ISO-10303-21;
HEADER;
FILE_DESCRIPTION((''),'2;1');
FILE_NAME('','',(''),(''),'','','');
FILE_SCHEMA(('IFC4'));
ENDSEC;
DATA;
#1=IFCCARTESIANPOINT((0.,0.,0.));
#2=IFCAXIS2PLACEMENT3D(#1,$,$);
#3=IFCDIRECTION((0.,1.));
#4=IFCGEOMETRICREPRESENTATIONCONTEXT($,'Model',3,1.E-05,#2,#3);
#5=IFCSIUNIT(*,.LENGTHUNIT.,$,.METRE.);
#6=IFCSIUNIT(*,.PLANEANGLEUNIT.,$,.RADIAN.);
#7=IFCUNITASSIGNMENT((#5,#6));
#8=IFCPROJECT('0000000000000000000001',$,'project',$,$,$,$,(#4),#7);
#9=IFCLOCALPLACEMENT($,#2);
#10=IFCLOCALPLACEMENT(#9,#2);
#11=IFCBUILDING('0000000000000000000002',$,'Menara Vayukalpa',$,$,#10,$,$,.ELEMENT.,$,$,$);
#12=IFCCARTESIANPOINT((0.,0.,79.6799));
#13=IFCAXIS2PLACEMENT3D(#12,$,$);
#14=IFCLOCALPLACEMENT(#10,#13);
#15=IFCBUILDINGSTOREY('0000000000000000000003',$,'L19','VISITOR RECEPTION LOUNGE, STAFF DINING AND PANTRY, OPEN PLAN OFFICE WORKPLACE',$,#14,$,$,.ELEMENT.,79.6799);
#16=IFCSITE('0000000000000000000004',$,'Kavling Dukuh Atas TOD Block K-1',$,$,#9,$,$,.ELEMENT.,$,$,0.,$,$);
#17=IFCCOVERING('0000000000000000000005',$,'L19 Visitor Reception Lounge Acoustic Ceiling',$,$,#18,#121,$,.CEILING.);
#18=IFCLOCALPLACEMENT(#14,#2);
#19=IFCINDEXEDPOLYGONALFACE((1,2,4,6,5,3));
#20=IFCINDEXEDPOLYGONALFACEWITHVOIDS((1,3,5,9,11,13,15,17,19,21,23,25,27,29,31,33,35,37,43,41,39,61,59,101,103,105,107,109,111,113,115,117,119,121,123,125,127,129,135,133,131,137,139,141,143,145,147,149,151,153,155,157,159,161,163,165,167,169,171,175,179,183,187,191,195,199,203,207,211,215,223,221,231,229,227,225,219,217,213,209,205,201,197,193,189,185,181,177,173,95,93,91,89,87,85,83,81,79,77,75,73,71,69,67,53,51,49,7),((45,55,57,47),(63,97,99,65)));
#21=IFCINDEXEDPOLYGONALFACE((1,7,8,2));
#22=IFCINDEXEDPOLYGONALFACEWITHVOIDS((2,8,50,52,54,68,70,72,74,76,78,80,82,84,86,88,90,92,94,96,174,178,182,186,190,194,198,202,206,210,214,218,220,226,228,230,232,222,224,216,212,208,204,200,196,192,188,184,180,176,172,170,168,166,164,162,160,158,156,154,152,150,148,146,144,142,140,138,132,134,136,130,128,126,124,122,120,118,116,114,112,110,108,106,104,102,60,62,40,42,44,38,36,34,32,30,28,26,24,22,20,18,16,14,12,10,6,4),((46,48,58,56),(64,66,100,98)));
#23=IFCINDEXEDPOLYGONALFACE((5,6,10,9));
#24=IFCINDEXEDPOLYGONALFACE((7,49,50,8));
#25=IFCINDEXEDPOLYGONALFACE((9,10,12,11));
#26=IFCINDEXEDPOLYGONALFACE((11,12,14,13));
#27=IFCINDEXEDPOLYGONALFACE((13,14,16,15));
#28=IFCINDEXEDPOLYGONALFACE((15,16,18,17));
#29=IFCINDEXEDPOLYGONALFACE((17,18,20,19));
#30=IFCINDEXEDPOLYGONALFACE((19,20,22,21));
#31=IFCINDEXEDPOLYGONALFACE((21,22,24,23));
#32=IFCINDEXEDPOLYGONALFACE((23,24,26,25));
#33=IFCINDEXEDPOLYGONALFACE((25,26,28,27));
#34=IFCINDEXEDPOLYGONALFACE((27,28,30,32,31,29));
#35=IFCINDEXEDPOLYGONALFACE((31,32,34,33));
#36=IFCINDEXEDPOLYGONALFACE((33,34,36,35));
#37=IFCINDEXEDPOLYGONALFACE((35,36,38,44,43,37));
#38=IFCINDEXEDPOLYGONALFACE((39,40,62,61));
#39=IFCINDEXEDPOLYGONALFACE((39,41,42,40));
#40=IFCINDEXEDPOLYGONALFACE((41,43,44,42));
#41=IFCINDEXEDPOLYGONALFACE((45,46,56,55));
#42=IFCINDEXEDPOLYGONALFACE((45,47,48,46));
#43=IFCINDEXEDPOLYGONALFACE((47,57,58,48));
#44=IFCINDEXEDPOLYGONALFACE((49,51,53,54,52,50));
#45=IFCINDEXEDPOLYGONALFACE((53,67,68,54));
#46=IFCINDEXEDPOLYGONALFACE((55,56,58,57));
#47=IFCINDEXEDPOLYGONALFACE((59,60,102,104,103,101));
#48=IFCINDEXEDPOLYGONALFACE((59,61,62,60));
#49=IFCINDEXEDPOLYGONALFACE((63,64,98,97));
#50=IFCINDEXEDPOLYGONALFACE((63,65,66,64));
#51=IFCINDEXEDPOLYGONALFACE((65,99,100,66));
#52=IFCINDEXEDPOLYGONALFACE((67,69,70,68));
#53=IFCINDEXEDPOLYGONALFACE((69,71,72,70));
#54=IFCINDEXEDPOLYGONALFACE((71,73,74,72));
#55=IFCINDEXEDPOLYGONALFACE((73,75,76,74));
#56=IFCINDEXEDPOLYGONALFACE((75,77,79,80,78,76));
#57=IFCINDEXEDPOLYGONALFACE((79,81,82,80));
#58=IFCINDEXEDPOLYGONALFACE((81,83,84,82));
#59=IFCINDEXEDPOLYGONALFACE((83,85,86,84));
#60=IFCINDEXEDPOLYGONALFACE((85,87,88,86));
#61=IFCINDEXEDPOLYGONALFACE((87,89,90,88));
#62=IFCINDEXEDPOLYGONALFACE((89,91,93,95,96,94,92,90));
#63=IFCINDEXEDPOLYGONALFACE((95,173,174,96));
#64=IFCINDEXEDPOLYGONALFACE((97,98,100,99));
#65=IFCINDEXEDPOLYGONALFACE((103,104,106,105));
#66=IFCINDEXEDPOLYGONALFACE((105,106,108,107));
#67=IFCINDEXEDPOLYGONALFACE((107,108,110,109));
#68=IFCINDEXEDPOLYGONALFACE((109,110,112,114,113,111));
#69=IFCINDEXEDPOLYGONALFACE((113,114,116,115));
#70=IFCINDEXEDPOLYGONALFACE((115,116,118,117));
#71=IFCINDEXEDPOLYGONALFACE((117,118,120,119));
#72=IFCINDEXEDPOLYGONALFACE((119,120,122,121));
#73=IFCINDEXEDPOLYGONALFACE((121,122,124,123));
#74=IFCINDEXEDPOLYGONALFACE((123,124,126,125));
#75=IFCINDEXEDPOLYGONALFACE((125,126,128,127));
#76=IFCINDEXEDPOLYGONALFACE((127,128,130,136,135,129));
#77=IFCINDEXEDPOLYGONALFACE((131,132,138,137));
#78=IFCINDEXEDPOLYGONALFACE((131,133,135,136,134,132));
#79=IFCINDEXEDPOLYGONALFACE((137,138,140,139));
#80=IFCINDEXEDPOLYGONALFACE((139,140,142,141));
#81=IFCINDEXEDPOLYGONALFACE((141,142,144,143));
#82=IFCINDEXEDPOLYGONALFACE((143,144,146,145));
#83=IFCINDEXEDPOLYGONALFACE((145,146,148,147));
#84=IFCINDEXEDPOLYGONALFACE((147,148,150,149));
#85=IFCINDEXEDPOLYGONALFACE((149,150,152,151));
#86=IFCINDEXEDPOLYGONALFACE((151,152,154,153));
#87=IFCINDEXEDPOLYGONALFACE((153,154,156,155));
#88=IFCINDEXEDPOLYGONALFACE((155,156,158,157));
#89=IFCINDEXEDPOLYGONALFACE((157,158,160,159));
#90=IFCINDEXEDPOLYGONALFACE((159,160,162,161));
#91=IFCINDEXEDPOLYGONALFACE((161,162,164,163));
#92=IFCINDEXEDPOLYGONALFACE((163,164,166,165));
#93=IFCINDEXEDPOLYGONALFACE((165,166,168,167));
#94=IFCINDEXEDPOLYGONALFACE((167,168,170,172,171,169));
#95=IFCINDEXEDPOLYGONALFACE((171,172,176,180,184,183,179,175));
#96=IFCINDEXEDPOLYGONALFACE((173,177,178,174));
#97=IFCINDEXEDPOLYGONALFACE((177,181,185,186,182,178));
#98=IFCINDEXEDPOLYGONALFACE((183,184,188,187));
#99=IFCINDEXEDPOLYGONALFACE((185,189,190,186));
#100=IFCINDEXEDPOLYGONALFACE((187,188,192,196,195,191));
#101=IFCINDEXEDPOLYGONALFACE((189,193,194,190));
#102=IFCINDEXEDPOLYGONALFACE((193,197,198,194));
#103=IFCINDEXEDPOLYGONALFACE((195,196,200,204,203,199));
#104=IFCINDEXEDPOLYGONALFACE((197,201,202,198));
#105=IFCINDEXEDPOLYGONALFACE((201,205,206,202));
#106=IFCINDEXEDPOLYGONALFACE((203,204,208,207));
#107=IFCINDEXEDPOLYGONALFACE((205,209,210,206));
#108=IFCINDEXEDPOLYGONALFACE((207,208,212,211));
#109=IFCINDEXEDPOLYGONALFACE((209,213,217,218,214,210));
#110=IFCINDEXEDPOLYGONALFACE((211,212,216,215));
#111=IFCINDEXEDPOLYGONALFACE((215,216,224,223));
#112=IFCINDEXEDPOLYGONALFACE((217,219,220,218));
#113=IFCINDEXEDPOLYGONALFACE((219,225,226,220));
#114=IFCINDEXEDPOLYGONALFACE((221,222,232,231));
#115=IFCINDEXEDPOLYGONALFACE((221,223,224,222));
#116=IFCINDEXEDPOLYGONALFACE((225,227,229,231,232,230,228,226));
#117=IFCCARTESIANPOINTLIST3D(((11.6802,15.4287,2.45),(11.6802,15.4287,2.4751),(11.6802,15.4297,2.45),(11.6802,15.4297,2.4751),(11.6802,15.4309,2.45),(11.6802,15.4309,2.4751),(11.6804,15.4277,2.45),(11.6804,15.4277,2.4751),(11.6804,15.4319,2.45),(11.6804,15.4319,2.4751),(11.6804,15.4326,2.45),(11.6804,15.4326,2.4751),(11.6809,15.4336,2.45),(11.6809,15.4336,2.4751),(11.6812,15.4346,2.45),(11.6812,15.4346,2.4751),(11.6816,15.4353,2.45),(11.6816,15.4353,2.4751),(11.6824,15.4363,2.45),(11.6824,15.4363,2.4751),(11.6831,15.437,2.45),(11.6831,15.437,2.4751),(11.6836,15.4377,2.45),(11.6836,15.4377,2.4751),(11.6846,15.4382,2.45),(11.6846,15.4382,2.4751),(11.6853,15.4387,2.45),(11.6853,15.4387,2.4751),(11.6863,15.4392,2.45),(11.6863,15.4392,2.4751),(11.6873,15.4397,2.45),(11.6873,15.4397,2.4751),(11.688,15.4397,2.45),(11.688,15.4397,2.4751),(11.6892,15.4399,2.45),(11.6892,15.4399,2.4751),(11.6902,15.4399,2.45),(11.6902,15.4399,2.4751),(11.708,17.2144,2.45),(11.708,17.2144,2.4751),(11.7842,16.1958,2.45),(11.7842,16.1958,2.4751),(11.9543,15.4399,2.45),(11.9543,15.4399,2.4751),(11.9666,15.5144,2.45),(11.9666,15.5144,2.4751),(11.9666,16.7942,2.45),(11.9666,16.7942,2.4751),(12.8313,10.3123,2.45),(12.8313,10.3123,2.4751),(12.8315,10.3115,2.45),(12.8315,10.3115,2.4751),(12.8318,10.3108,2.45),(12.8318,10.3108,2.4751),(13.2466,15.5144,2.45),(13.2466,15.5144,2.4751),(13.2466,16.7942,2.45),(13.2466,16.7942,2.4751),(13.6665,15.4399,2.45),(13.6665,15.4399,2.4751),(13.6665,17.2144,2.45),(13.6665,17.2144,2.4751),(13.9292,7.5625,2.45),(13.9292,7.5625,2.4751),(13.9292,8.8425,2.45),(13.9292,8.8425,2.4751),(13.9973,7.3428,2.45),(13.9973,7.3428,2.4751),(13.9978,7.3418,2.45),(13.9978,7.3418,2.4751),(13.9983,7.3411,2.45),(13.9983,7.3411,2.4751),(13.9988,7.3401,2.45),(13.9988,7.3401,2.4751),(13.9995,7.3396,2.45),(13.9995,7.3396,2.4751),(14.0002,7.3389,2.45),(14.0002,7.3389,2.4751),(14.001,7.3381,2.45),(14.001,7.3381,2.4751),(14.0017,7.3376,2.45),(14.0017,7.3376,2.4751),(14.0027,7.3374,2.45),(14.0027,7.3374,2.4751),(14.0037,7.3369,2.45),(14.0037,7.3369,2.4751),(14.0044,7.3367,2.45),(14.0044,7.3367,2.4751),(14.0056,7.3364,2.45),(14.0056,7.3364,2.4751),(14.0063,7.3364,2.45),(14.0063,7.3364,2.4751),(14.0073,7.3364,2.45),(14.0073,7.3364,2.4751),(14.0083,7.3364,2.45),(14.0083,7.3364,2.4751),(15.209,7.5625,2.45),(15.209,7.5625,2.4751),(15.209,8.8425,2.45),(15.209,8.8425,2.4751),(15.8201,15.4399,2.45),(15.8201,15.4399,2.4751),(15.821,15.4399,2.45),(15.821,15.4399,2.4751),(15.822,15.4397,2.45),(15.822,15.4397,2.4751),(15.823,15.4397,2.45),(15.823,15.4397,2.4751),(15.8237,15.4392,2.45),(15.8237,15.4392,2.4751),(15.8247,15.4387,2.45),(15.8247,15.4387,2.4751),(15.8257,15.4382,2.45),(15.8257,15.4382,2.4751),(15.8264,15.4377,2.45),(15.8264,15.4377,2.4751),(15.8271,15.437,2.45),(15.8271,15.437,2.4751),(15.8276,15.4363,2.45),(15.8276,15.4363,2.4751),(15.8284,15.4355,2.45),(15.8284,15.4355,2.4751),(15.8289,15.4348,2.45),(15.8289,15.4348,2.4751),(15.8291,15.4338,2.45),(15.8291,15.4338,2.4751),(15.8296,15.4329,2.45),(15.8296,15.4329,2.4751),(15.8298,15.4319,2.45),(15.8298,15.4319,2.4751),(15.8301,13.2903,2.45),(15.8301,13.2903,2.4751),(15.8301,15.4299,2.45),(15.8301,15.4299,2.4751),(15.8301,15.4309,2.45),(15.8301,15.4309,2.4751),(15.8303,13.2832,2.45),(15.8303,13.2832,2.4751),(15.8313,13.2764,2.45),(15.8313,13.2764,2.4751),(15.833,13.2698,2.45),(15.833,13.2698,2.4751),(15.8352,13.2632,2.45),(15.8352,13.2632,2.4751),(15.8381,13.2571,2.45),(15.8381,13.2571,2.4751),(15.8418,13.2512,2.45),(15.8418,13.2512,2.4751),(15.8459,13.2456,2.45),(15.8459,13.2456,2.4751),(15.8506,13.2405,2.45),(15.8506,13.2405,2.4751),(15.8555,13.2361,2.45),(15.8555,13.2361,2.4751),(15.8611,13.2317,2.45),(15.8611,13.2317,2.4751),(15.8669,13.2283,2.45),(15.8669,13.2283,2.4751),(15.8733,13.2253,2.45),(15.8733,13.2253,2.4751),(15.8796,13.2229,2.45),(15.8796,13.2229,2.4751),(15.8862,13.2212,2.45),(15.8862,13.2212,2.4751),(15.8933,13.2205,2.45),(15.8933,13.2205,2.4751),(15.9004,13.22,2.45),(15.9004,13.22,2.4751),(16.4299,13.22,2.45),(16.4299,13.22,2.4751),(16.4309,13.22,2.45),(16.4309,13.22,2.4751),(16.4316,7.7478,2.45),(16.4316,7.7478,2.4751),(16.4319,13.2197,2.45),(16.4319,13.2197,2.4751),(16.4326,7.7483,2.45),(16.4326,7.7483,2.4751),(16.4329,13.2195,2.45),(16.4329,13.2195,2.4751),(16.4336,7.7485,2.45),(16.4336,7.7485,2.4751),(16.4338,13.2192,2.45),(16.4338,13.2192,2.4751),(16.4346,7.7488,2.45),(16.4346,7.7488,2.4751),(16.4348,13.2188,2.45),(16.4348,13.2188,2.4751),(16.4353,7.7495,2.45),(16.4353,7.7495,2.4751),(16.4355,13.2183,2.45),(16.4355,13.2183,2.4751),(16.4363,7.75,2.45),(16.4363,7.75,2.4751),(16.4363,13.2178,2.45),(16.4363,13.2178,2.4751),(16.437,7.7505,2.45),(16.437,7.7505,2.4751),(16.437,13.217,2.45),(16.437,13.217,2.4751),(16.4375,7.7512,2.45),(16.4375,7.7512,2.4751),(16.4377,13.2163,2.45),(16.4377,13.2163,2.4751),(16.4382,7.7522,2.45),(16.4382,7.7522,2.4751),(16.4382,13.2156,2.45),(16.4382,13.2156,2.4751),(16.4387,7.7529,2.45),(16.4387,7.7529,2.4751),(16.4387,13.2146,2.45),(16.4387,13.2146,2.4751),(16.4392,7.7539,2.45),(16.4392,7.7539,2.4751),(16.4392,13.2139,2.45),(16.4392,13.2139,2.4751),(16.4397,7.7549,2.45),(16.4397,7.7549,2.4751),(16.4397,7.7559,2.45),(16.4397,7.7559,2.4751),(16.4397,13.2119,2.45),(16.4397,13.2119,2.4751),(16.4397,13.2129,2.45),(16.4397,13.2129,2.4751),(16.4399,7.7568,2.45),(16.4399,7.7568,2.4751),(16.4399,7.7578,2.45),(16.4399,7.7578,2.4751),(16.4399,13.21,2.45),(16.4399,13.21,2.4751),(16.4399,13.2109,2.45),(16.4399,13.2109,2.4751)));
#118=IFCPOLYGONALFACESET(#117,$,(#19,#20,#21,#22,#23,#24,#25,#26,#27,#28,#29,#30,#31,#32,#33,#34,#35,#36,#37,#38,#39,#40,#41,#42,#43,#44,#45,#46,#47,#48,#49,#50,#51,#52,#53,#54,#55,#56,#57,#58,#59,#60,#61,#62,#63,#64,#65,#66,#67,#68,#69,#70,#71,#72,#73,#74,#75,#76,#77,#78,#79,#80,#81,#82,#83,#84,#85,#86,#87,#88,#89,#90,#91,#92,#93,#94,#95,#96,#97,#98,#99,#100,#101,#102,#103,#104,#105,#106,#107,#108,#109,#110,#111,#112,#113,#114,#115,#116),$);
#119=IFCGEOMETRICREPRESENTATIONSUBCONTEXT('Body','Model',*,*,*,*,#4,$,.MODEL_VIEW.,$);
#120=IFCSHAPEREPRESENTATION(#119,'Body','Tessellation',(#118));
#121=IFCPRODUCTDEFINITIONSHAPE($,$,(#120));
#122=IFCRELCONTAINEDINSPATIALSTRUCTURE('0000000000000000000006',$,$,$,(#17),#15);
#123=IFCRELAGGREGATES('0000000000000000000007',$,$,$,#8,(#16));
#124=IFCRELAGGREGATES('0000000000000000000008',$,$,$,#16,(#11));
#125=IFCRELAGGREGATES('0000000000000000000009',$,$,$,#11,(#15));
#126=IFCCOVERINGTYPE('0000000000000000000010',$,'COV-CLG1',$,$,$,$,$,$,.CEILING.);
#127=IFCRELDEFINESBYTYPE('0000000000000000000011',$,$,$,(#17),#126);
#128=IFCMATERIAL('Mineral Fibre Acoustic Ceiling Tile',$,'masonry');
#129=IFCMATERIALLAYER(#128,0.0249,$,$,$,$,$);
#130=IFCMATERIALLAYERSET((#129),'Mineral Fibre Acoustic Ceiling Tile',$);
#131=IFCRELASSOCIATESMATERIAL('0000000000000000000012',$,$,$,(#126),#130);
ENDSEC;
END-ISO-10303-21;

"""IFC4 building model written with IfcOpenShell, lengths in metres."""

from ifc_helpers import new_model, si_unit, direction, frame, origin, place, context, subcontext, project, spatial, polyline, outline, extrude, material, layer, layer_set, type_object, element, save


model = new_model("IFC4")

# Units and contexts
model_context = context("Model", 3, precision=1e-05, world=origin(), true_north=direction((0.0, 1.0)))
body_context = subcontext(model_context, "Body", "Model", "MODEL_VIEW")
ifc_project = project(units=[si_unit("LENGTHUNIT", "METRE"), si_unit("PLANEANGLEUNIT", "RADIAN")], contexts=[model_context])

# Site, building, storey
site_placement = place(None, origin())
site = spatial("IfcSite", under=ifc_project, at=site_placement, Name="Kavling Dukuh Atas TOD Block K-1", CompositionType="ELEMENT", RefElevation=0.0)
building_placement = place(site_placement, origin())
building = spatial("IfcBuilding", under=site, at=building_placement, Name="Menara Vayukalpa", CompositionType="ELEMENT")
storey_placement = place(building_placement, frame((0.0, 0.0, 79.6799)))
storey = spatial("IfcBuildingStorey", under=building, at=storey_placement, Name="L19", Description="VISITOR RECEPTION LOUNGE, STAFF DINING AND PANTRY, OPEN PLAN OFFICE WORKPLACE", CompositionType="ELEMENT", Elevation=79.6799)

# Covering
ifc_material_1 = material(Name="Mineral Fibre Acoustic Ceiling Tile", Category="masonry")
ifc_layer_1 = layer(ifc_material_1, 0.0249)
ifc_layer_set_1 = layer_set([ifc_layer_1], Name="Mineral Fibre Acoustic Ceiling Tile")
covering_type_1 = type_object("IfcCoveringType", Name="COV-CLG1", PredefinedType="CEILING", material=ifc_layer_set_1)
covering_1_placement = place(storey_placement, frame((0.0, 0.0, 2.45)))
element("IfcCovering", 1, at=covering_1_placement, inside=storey, type_object=covering_type_1, Name="L19 Visitor Reception Lounge Acoustic Ceiling", PredefinedType="CEILING", context=body_context, shape_type="SweptSolid", body=[
    extrude(outline(polyline([(14.0056, 7.3364), (14.0044, 7.3367), (14.0037, 7.3369), (14.0027, 7.3374), (14.0017, 7.3376), (14.001, 7.3381), (14.0002, 7.3389), (13.9995, 7.3396), (13.9988, 7.3401), (13.9983, 7.3411), (13.9978, 7.3418), (13.9973, 7.3428), (12.8318, 10.3108), (12.8315, 10.3115), (12.8313, 10.3123), (11.6804, 15.4277), (11.6802, 15.4287), (11.6802, 15.4297), (11.6802, 15.4309), (11.6804, 15.4319), (11.6804, 15.4326), (11.6809, 15.4336), (11.6812, 15.4346), (11.6816, 15.4353), (11.6824, 15.4363), (11.6831, 15.437), (11.6836, 15.4377), (11.6846, 15.4382), (11.6853, 15.4387), (11.6863, 15.4392), (11.6873, 15.4397), (11.688, 15.4397), (11.6892, 15.4399), (11.6902, 15.4399), (11.9543, 15.4399), (11.7842, 16.1958), (11.708, 17.2144), (13.6665, 17.2144), (13.6665, 15.4399), (15.8201, 15.4399), (15.821, 15.4399), (15.822, 15.4397), (15.823, 15.4397), (15.8237, 15.4392), (15.8247, 15.4387), (15.8257, 15.4382), (15.8264, 15.4377), (15.8271, 15.437), (15.8276, 15.4363), (15.8284, 15.4355), (15.8289, 15.4348), (15.8291, 15.4338), (15.8296, 15.4329), (15.8298, 15.4319), (15.8301, 15.4309), (15.8301, 15.4299), (15.8301, 13.2903), (15.8303, 13.2832), (15.8313, 13.2764), (15.833, 13.2698), (15.8352, 13.2632), (15.8381, 13.2571), (15.8418, 13.2512), (15.8459, 13.2456), (15.8506, 13.2405), (15.8555, 13.2361), (15.8611, 13.2317), (15.8669, 13.2283), (15.8733, 13.2253), (15.8796, 13.2229), (15.8862, 13.2212), (15.8933, 13.2205), (15.9004, 13.22), (16.4299, 13.22), (16.4309, 13.22), (16.4319, 13.2197), (16.4329, 13.2195), (16.4338, 13.2192), (16.4348, 13.2188), (16.4355, 13.2183), (16.4363, 13.2178), (16.437, 13.217), (16.4377, 13.2163), (16.4382, 13.2156), (16.4387, 13.2146), (16.4392, 13.2139), (16.4397, 13.2129), (16.4397, 13.2119), (16.4399, 13.2109), (16.4399, 13.21), (16.4399, 7.7578), (16.4399, 7.7568), (16.4397, 7.7559), (16.4397, 7.7549), (16.4392, 7.7539), (16.4387, 7.7529), (16.4382, 7.7522), (16.4375, 7.7512), (16.437, 7.7505), (16.4363, 7.75), (16.4353, 7.7495), (16.4346, 7.7488), (16.4336, 7.7485), (16.4326, 7.7483), (16.4316, 7.7478), (14.0083, 7.3364), (14.0073, 7.3364), (14.0063, 7.3364), (14.0056, 7.3364)]), holes=[polyline([(15.209, 8.8425), (13.9292, 8.8425), (13.9292, 7.5625), (15.209, 7.5625), (15.209, 8.8425)]), polyline([(13.2466, 16.7942), (11.9666, 16.7942), (11.9666, 15.5144), (13.2466, 15.5144), (13.2466, 16.7942)])]), origin(), (0.0, 0.0, 1.0), 0.0251),
])

save(model, "model.ifc")
